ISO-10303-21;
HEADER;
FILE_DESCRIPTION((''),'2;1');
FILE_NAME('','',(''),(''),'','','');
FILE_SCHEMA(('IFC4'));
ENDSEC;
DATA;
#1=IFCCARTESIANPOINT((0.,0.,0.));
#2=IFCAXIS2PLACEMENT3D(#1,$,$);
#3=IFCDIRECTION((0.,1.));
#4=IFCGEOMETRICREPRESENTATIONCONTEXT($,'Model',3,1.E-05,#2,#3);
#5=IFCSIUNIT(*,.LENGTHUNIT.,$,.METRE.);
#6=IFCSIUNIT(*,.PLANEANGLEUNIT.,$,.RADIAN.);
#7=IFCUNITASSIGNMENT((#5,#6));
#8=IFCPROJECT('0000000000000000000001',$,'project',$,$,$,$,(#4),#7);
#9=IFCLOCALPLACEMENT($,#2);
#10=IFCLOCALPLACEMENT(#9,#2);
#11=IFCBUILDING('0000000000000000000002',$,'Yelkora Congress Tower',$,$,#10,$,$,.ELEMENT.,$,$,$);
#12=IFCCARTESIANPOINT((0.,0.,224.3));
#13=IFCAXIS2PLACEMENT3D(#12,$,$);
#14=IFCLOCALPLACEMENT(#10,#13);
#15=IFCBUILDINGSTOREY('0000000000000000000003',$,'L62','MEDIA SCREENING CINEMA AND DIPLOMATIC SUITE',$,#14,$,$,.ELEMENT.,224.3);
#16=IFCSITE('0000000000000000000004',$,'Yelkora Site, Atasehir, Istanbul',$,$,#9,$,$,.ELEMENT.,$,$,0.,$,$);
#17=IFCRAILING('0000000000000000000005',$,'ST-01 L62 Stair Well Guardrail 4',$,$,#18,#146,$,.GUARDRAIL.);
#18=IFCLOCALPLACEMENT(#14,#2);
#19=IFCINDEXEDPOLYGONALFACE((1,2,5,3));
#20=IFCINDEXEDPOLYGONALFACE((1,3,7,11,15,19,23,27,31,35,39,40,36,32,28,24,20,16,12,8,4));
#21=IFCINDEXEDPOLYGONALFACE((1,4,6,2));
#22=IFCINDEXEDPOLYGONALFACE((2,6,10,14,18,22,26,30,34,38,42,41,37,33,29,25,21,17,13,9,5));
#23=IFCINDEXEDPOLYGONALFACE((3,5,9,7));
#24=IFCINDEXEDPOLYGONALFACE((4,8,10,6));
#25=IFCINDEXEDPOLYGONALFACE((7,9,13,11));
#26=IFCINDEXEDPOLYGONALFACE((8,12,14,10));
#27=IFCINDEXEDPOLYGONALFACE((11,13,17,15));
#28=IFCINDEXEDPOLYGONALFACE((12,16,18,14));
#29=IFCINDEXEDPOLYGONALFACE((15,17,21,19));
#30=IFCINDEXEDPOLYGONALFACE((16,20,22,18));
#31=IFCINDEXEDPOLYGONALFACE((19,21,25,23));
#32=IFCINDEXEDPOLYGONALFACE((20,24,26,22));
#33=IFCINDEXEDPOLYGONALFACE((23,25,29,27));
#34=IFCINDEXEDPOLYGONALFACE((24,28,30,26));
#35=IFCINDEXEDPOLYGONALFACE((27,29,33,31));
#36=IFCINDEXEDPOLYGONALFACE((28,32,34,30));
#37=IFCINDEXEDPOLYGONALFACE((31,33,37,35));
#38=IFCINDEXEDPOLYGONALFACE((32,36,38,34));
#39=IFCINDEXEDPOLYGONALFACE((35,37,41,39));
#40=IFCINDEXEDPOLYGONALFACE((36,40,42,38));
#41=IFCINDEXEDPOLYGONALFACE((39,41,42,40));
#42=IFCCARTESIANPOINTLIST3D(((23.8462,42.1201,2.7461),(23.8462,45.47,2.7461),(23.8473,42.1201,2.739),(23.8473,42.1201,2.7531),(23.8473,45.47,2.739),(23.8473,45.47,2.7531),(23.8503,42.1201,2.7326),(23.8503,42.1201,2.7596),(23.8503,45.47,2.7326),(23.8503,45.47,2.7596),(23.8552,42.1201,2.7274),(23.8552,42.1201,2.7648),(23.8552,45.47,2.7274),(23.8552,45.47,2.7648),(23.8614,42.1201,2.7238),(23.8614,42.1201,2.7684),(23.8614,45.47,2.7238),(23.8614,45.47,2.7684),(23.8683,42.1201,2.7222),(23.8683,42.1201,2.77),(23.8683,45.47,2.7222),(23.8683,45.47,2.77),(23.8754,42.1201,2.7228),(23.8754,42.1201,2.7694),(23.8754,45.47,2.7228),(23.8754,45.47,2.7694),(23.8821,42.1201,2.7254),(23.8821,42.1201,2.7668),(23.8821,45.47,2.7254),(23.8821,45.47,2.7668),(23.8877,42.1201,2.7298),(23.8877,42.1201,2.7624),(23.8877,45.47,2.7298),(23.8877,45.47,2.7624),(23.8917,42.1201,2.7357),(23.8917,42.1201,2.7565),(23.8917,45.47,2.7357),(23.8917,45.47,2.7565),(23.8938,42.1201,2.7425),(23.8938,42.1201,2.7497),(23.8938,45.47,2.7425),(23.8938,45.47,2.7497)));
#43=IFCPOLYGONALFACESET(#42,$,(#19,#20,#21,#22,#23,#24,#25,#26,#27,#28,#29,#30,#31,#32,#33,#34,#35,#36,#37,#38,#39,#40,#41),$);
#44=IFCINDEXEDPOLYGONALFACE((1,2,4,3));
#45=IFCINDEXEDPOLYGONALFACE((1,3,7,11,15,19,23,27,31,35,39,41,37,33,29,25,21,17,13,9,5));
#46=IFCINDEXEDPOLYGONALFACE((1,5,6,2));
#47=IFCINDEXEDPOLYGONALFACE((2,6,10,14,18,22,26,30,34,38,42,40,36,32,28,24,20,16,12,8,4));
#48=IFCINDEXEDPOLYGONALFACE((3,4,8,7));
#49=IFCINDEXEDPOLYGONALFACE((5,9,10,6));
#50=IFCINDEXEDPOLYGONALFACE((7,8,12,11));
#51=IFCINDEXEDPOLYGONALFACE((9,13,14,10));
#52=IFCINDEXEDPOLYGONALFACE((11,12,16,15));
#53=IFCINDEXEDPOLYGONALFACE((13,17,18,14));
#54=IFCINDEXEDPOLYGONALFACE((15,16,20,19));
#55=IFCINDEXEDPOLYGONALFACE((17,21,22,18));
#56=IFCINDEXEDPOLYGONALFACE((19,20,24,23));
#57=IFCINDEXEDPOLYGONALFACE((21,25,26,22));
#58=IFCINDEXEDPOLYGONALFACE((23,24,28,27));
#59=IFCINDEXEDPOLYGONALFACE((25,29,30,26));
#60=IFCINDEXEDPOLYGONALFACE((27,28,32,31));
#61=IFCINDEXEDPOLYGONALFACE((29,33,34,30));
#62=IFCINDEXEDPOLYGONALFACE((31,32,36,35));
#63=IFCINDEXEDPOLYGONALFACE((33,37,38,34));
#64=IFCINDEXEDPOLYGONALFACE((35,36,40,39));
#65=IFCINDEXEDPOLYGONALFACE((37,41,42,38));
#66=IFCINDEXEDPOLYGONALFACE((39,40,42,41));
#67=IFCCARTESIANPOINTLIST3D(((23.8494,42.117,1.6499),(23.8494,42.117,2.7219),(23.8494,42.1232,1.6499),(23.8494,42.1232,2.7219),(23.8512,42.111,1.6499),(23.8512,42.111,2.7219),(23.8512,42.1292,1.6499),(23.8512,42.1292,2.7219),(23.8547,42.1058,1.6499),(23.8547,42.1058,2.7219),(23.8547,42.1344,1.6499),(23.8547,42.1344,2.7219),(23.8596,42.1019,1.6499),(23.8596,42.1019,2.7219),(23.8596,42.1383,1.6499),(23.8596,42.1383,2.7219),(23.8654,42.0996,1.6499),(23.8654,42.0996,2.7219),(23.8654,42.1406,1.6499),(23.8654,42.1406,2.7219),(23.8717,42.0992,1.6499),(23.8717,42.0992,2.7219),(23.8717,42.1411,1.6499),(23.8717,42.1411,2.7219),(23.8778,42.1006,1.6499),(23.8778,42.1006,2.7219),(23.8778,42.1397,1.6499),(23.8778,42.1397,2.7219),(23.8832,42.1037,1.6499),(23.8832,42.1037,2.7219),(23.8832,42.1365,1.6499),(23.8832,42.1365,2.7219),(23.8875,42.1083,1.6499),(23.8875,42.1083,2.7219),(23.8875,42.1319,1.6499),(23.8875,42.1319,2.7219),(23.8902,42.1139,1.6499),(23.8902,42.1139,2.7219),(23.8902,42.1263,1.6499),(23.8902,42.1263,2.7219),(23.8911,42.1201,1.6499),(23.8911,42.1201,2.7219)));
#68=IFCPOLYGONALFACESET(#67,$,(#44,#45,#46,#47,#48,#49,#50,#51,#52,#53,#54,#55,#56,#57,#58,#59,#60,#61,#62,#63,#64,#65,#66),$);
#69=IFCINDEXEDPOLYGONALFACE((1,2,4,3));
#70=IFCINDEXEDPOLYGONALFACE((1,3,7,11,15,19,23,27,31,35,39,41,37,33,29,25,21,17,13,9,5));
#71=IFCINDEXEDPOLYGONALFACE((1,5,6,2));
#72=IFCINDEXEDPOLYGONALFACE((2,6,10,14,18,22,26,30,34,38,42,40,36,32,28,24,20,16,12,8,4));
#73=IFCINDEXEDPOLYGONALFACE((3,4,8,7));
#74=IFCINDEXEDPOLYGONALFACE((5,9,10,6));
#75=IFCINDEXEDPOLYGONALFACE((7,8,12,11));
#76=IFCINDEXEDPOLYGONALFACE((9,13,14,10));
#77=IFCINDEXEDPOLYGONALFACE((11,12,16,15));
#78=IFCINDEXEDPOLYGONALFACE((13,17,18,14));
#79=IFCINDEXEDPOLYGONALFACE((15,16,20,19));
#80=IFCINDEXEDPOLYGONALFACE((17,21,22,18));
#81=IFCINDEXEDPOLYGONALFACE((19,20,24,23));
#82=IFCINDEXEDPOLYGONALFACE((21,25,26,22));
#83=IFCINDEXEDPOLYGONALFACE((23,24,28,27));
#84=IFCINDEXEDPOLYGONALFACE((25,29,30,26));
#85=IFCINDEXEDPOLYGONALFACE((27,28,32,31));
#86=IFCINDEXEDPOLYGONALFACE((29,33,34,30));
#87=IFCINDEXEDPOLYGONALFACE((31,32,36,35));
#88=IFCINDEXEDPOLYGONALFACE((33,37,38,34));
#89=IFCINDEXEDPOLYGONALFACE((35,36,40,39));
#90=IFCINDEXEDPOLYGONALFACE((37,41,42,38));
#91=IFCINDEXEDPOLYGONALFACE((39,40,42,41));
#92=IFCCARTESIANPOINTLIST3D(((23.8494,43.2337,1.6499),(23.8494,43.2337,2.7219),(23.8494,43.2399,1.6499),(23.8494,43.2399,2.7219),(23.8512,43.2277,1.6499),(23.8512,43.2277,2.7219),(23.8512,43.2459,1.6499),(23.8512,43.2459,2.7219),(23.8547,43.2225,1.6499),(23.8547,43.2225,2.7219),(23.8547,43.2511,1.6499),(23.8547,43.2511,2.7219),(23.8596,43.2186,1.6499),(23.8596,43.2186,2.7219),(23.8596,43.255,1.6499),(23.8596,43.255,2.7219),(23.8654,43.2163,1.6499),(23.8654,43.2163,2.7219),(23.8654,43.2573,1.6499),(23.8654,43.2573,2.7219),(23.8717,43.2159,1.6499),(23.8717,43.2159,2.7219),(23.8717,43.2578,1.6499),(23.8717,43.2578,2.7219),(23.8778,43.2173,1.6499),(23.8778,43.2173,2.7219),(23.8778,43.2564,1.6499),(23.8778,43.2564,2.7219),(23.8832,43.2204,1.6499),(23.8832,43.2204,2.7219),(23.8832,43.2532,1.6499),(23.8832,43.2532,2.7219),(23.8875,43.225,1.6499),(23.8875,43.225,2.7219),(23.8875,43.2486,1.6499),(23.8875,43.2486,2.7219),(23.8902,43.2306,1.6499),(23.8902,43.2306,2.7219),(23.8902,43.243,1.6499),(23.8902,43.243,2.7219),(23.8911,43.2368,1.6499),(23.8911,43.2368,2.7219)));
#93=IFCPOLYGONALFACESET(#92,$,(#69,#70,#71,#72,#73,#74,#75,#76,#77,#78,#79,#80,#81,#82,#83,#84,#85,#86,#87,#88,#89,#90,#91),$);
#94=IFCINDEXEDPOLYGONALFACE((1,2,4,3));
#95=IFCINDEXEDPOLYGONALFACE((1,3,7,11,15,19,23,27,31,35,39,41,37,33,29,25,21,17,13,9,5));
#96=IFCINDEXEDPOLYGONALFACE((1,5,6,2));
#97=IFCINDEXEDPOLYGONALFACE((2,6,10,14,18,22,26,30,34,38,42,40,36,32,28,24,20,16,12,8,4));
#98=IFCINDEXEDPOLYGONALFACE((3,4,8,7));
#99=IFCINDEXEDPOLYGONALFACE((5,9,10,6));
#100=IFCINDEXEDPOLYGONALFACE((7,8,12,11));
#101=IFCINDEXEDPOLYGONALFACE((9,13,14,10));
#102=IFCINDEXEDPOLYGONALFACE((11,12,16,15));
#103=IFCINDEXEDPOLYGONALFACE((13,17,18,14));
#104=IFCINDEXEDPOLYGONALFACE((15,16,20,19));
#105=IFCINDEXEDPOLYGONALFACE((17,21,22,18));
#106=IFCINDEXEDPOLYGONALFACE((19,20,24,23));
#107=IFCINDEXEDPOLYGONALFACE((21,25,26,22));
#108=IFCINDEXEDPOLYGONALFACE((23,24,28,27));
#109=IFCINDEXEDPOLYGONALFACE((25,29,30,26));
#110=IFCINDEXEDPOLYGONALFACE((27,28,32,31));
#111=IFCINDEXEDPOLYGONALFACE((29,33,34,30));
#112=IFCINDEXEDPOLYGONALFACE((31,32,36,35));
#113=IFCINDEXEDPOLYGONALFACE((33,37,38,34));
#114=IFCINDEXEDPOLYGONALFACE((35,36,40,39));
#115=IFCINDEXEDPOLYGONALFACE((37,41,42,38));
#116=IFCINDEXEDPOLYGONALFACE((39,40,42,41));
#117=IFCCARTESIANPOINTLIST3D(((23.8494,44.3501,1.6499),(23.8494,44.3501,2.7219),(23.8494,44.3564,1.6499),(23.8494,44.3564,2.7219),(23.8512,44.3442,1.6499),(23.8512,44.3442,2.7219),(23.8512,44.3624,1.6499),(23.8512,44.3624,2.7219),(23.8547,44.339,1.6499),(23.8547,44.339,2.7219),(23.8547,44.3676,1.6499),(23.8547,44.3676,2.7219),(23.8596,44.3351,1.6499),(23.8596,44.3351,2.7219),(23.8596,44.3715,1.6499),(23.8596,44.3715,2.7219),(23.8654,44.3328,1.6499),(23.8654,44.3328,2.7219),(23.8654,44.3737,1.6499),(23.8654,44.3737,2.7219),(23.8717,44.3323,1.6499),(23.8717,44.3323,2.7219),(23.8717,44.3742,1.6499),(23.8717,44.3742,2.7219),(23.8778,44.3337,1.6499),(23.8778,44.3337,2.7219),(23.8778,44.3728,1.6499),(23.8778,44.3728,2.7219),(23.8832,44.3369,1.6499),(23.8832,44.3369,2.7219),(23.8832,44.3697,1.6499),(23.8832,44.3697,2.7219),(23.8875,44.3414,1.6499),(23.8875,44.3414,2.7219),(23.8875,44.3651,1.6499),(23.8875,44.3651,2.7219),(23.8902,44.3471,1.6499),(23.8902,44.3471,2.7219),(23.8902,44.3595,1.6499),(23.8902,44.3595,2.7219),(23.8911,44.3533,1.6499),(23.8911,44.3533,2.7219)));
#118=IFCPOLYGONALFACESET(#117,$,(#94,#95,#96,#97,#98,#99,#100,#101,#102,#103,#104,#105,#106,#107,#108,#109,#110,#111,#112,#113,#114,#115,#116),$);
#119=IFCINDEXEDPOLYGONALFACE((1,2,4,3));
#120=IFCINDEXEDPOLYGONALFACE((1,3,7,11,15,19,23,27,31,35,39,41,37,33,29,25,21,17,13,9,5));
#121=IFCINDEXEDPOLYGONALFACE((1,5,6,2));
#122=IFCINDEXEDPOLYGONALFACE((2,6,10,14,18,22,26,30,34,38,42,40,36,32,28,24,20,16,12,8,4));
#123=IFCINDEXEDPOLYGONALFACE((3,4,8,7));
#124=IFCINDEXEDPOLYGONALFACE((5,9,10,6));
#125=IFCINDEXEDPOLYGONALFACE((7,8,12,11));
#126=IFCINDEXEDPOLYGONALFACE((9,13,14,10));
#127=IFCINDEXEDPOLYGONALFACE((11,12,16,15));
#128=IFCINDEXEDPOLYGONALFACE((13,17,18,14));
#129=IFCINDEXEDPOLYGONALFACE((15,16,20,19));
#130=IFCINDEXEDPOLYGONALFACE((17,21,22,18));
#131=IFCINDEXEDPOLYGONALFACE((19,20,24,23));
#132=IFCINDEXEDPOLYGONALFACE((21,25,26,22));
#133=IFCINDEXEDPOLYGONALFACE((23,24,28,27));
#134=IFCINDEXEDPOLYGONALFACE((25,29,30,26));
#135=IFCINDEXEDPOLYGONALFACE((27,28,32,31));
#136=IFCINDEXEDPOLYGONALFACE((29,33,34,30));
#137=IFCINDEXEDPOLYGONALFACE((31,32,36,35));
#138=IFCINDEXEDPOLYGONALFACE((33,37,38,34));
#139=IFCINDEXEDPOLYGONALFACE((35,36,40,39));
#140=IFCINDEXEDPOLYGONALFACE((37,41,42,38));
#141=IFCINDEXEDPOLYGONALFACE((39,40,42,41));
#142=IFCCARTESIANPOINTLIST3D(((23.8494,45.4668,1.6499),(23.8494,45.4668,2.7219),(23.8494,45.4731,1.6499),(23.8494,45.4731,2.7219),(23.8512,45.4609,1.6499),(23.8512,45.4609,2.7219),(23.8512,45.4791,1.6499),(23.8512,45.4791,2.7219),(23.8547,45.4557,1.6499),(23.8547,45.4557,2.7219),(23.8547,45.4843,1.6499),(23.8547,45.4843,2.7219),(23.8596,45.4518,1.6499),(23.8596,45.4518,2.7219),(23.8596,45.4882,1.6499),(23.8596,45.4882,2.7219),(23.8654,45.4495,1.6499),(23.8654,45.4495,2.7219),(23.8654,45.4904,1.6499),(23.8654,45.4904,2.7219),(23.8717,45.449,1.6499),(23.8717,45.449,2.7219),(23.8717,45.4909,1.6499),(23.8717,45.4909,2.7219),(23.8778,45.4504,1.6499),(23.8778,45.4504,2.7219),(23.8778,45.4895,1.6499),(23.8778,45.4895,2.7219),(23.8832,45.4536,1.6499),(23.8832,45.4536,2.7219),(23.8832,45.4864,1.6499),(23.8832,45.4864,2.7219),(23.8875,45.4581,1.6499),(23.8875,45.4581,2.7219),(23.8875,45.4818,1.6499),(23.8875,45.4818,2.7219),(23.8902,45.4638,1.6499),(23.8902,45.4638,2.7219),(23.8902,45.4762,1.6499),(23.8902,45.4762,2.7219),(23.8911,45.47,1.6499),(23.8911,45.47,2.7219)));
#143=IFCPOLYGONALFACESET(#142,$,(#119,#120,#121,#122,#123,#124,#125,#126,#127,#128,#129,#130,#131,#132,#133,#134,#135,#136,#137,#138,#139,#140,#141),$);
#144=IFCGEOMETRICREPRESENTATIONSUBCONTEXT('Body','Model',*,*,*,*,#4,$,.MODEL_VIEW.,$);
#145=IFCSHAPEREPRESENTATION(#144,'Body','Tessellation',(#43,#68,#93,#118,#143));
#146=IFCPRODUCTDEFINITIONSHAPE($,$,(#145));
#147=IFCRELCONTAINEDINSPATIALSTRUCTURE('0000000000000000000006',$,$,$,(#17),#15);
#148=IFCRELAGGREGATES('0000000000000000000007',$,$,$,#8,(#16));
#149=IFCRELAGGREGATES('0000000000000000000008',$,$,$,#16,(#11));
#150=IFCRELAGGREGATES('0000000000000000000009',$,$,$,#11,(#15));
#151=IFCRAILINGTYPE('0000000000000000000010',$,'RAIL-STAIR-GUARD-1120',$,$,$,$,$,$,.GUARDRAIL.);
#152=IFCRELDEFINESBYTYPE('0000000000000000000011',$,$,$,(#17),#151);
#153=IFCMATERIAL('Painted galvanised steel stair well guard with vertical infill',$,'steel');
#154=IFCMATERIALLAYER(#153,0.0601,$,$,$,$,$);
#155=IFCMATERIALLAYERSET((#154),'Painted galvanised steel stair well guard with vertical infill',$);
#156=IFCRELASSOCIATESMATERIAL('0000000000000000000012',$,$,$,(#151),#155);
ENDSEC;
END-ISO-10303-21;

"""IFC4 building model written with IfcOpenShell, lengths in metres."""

from ifc_helpers import new_model, si_unit, direction, frame, origin, origin_2d, place, context, subcontext, project, spatial, circle, extrude, material, layer, layer_set, type_object, element, save


model = new_model("IFC4")

# Units and contexts
model_context = context("Model", 3, precision=1e-05, world=origin(), true_north=direction((0.0, 1.0)))
body_context = subcontext(model_context, "Body", "Model", "MODEL_VIEW")
ifc_project = project(units=[si_unit("LENGTHUNIT", "METRE"), si_unit("PLANEANGLEUNIT", "RADIAN")], contexts=[model_context])

# Site, building, storey
site_placement = place(None, origin())
site = spatial("IfcSite", under=ifc_project, at=site_placement, Name="Yelkora Site, Atasehir, Istanbul", CompositionType="ELEMENT", RefElevation=0.0)
building_placement = place(site_placement, origin())
building = spatial("IfcBuilding", under=site, at=building_placement, Name="Yelkora Congress Tower", CompositionType="ELEMENT")
storey_placement = place(building_placement, frame((0.0, 0.0, 224.3)))
storey = spatial("IfcBuildingStorey", under=building, at=storey_placement, Name="L62", Description="MEDIA SCREENING CINEMA AND DIPLOMATIC SUITE", CompositionType="ELEMENT", Elevation=224.3)

# Railing
ifc_material_1 = material(Name="Painted galvanised steel stair well guard with vertical infill", Category="steel")
ifc_layer_1 = layer(ifc_material_1, 0.0601)
ifc_layer_set_1 = layer_set([ifc_layer_1], Name="Painted galvanised steel stair well guard with vertical infill")
railing_type_1 = type_object("IfcRailingType", Name="RAIL-STAIR-GUARD-1120", PredefinedType="GUARDRAIL", material=ifc_layer_set_1)
railing_1_placement = place(storey_placement, frame((23.8701, 42.1201, 1.6499)))
element("IfcRailing", 1, at=railing_1_placement, inside=storey, type_object=railing_type_1, Name="ST-01 L62 Stair Well Guardrail 4", PredefinedType="GUARDRAIL", context=body_context, shape_type="SweptSolid", body=[
    extrude(circle(Radius=0.0239, at=origin_2d()), frame((0.0, 0.0, 1.0962), z_axis=(0.0, 1.0, 0.0), x_axis=(-1.0, 0.0, 0.0)), (0.0, 0.0, 1.0), 3.3499),
    extrude(circle(Radius=0.021, at=origin_2d()), origin(), (0.0, 0.0, 1.0), 1.072),
    extrude(circle(Radius=0.021, at=origin_2d()), frame((0.0, 1.1167, 0.0)), (0.0, 0.0, 1.0), 1.072),
    extrude(circle(Radius=0.021, at=origin_2d()), frame((0.0, 2.2332, 0.0)), (0.0, 0.0, 1.0), 1.072),
    extrude(circle(Radius=0.021, at=origin_2d()), frame((0.0, 3.3499, 0.0)), (0.0, 0.0, 1.0), 1.072),
])

save(model, "model.ifc")
